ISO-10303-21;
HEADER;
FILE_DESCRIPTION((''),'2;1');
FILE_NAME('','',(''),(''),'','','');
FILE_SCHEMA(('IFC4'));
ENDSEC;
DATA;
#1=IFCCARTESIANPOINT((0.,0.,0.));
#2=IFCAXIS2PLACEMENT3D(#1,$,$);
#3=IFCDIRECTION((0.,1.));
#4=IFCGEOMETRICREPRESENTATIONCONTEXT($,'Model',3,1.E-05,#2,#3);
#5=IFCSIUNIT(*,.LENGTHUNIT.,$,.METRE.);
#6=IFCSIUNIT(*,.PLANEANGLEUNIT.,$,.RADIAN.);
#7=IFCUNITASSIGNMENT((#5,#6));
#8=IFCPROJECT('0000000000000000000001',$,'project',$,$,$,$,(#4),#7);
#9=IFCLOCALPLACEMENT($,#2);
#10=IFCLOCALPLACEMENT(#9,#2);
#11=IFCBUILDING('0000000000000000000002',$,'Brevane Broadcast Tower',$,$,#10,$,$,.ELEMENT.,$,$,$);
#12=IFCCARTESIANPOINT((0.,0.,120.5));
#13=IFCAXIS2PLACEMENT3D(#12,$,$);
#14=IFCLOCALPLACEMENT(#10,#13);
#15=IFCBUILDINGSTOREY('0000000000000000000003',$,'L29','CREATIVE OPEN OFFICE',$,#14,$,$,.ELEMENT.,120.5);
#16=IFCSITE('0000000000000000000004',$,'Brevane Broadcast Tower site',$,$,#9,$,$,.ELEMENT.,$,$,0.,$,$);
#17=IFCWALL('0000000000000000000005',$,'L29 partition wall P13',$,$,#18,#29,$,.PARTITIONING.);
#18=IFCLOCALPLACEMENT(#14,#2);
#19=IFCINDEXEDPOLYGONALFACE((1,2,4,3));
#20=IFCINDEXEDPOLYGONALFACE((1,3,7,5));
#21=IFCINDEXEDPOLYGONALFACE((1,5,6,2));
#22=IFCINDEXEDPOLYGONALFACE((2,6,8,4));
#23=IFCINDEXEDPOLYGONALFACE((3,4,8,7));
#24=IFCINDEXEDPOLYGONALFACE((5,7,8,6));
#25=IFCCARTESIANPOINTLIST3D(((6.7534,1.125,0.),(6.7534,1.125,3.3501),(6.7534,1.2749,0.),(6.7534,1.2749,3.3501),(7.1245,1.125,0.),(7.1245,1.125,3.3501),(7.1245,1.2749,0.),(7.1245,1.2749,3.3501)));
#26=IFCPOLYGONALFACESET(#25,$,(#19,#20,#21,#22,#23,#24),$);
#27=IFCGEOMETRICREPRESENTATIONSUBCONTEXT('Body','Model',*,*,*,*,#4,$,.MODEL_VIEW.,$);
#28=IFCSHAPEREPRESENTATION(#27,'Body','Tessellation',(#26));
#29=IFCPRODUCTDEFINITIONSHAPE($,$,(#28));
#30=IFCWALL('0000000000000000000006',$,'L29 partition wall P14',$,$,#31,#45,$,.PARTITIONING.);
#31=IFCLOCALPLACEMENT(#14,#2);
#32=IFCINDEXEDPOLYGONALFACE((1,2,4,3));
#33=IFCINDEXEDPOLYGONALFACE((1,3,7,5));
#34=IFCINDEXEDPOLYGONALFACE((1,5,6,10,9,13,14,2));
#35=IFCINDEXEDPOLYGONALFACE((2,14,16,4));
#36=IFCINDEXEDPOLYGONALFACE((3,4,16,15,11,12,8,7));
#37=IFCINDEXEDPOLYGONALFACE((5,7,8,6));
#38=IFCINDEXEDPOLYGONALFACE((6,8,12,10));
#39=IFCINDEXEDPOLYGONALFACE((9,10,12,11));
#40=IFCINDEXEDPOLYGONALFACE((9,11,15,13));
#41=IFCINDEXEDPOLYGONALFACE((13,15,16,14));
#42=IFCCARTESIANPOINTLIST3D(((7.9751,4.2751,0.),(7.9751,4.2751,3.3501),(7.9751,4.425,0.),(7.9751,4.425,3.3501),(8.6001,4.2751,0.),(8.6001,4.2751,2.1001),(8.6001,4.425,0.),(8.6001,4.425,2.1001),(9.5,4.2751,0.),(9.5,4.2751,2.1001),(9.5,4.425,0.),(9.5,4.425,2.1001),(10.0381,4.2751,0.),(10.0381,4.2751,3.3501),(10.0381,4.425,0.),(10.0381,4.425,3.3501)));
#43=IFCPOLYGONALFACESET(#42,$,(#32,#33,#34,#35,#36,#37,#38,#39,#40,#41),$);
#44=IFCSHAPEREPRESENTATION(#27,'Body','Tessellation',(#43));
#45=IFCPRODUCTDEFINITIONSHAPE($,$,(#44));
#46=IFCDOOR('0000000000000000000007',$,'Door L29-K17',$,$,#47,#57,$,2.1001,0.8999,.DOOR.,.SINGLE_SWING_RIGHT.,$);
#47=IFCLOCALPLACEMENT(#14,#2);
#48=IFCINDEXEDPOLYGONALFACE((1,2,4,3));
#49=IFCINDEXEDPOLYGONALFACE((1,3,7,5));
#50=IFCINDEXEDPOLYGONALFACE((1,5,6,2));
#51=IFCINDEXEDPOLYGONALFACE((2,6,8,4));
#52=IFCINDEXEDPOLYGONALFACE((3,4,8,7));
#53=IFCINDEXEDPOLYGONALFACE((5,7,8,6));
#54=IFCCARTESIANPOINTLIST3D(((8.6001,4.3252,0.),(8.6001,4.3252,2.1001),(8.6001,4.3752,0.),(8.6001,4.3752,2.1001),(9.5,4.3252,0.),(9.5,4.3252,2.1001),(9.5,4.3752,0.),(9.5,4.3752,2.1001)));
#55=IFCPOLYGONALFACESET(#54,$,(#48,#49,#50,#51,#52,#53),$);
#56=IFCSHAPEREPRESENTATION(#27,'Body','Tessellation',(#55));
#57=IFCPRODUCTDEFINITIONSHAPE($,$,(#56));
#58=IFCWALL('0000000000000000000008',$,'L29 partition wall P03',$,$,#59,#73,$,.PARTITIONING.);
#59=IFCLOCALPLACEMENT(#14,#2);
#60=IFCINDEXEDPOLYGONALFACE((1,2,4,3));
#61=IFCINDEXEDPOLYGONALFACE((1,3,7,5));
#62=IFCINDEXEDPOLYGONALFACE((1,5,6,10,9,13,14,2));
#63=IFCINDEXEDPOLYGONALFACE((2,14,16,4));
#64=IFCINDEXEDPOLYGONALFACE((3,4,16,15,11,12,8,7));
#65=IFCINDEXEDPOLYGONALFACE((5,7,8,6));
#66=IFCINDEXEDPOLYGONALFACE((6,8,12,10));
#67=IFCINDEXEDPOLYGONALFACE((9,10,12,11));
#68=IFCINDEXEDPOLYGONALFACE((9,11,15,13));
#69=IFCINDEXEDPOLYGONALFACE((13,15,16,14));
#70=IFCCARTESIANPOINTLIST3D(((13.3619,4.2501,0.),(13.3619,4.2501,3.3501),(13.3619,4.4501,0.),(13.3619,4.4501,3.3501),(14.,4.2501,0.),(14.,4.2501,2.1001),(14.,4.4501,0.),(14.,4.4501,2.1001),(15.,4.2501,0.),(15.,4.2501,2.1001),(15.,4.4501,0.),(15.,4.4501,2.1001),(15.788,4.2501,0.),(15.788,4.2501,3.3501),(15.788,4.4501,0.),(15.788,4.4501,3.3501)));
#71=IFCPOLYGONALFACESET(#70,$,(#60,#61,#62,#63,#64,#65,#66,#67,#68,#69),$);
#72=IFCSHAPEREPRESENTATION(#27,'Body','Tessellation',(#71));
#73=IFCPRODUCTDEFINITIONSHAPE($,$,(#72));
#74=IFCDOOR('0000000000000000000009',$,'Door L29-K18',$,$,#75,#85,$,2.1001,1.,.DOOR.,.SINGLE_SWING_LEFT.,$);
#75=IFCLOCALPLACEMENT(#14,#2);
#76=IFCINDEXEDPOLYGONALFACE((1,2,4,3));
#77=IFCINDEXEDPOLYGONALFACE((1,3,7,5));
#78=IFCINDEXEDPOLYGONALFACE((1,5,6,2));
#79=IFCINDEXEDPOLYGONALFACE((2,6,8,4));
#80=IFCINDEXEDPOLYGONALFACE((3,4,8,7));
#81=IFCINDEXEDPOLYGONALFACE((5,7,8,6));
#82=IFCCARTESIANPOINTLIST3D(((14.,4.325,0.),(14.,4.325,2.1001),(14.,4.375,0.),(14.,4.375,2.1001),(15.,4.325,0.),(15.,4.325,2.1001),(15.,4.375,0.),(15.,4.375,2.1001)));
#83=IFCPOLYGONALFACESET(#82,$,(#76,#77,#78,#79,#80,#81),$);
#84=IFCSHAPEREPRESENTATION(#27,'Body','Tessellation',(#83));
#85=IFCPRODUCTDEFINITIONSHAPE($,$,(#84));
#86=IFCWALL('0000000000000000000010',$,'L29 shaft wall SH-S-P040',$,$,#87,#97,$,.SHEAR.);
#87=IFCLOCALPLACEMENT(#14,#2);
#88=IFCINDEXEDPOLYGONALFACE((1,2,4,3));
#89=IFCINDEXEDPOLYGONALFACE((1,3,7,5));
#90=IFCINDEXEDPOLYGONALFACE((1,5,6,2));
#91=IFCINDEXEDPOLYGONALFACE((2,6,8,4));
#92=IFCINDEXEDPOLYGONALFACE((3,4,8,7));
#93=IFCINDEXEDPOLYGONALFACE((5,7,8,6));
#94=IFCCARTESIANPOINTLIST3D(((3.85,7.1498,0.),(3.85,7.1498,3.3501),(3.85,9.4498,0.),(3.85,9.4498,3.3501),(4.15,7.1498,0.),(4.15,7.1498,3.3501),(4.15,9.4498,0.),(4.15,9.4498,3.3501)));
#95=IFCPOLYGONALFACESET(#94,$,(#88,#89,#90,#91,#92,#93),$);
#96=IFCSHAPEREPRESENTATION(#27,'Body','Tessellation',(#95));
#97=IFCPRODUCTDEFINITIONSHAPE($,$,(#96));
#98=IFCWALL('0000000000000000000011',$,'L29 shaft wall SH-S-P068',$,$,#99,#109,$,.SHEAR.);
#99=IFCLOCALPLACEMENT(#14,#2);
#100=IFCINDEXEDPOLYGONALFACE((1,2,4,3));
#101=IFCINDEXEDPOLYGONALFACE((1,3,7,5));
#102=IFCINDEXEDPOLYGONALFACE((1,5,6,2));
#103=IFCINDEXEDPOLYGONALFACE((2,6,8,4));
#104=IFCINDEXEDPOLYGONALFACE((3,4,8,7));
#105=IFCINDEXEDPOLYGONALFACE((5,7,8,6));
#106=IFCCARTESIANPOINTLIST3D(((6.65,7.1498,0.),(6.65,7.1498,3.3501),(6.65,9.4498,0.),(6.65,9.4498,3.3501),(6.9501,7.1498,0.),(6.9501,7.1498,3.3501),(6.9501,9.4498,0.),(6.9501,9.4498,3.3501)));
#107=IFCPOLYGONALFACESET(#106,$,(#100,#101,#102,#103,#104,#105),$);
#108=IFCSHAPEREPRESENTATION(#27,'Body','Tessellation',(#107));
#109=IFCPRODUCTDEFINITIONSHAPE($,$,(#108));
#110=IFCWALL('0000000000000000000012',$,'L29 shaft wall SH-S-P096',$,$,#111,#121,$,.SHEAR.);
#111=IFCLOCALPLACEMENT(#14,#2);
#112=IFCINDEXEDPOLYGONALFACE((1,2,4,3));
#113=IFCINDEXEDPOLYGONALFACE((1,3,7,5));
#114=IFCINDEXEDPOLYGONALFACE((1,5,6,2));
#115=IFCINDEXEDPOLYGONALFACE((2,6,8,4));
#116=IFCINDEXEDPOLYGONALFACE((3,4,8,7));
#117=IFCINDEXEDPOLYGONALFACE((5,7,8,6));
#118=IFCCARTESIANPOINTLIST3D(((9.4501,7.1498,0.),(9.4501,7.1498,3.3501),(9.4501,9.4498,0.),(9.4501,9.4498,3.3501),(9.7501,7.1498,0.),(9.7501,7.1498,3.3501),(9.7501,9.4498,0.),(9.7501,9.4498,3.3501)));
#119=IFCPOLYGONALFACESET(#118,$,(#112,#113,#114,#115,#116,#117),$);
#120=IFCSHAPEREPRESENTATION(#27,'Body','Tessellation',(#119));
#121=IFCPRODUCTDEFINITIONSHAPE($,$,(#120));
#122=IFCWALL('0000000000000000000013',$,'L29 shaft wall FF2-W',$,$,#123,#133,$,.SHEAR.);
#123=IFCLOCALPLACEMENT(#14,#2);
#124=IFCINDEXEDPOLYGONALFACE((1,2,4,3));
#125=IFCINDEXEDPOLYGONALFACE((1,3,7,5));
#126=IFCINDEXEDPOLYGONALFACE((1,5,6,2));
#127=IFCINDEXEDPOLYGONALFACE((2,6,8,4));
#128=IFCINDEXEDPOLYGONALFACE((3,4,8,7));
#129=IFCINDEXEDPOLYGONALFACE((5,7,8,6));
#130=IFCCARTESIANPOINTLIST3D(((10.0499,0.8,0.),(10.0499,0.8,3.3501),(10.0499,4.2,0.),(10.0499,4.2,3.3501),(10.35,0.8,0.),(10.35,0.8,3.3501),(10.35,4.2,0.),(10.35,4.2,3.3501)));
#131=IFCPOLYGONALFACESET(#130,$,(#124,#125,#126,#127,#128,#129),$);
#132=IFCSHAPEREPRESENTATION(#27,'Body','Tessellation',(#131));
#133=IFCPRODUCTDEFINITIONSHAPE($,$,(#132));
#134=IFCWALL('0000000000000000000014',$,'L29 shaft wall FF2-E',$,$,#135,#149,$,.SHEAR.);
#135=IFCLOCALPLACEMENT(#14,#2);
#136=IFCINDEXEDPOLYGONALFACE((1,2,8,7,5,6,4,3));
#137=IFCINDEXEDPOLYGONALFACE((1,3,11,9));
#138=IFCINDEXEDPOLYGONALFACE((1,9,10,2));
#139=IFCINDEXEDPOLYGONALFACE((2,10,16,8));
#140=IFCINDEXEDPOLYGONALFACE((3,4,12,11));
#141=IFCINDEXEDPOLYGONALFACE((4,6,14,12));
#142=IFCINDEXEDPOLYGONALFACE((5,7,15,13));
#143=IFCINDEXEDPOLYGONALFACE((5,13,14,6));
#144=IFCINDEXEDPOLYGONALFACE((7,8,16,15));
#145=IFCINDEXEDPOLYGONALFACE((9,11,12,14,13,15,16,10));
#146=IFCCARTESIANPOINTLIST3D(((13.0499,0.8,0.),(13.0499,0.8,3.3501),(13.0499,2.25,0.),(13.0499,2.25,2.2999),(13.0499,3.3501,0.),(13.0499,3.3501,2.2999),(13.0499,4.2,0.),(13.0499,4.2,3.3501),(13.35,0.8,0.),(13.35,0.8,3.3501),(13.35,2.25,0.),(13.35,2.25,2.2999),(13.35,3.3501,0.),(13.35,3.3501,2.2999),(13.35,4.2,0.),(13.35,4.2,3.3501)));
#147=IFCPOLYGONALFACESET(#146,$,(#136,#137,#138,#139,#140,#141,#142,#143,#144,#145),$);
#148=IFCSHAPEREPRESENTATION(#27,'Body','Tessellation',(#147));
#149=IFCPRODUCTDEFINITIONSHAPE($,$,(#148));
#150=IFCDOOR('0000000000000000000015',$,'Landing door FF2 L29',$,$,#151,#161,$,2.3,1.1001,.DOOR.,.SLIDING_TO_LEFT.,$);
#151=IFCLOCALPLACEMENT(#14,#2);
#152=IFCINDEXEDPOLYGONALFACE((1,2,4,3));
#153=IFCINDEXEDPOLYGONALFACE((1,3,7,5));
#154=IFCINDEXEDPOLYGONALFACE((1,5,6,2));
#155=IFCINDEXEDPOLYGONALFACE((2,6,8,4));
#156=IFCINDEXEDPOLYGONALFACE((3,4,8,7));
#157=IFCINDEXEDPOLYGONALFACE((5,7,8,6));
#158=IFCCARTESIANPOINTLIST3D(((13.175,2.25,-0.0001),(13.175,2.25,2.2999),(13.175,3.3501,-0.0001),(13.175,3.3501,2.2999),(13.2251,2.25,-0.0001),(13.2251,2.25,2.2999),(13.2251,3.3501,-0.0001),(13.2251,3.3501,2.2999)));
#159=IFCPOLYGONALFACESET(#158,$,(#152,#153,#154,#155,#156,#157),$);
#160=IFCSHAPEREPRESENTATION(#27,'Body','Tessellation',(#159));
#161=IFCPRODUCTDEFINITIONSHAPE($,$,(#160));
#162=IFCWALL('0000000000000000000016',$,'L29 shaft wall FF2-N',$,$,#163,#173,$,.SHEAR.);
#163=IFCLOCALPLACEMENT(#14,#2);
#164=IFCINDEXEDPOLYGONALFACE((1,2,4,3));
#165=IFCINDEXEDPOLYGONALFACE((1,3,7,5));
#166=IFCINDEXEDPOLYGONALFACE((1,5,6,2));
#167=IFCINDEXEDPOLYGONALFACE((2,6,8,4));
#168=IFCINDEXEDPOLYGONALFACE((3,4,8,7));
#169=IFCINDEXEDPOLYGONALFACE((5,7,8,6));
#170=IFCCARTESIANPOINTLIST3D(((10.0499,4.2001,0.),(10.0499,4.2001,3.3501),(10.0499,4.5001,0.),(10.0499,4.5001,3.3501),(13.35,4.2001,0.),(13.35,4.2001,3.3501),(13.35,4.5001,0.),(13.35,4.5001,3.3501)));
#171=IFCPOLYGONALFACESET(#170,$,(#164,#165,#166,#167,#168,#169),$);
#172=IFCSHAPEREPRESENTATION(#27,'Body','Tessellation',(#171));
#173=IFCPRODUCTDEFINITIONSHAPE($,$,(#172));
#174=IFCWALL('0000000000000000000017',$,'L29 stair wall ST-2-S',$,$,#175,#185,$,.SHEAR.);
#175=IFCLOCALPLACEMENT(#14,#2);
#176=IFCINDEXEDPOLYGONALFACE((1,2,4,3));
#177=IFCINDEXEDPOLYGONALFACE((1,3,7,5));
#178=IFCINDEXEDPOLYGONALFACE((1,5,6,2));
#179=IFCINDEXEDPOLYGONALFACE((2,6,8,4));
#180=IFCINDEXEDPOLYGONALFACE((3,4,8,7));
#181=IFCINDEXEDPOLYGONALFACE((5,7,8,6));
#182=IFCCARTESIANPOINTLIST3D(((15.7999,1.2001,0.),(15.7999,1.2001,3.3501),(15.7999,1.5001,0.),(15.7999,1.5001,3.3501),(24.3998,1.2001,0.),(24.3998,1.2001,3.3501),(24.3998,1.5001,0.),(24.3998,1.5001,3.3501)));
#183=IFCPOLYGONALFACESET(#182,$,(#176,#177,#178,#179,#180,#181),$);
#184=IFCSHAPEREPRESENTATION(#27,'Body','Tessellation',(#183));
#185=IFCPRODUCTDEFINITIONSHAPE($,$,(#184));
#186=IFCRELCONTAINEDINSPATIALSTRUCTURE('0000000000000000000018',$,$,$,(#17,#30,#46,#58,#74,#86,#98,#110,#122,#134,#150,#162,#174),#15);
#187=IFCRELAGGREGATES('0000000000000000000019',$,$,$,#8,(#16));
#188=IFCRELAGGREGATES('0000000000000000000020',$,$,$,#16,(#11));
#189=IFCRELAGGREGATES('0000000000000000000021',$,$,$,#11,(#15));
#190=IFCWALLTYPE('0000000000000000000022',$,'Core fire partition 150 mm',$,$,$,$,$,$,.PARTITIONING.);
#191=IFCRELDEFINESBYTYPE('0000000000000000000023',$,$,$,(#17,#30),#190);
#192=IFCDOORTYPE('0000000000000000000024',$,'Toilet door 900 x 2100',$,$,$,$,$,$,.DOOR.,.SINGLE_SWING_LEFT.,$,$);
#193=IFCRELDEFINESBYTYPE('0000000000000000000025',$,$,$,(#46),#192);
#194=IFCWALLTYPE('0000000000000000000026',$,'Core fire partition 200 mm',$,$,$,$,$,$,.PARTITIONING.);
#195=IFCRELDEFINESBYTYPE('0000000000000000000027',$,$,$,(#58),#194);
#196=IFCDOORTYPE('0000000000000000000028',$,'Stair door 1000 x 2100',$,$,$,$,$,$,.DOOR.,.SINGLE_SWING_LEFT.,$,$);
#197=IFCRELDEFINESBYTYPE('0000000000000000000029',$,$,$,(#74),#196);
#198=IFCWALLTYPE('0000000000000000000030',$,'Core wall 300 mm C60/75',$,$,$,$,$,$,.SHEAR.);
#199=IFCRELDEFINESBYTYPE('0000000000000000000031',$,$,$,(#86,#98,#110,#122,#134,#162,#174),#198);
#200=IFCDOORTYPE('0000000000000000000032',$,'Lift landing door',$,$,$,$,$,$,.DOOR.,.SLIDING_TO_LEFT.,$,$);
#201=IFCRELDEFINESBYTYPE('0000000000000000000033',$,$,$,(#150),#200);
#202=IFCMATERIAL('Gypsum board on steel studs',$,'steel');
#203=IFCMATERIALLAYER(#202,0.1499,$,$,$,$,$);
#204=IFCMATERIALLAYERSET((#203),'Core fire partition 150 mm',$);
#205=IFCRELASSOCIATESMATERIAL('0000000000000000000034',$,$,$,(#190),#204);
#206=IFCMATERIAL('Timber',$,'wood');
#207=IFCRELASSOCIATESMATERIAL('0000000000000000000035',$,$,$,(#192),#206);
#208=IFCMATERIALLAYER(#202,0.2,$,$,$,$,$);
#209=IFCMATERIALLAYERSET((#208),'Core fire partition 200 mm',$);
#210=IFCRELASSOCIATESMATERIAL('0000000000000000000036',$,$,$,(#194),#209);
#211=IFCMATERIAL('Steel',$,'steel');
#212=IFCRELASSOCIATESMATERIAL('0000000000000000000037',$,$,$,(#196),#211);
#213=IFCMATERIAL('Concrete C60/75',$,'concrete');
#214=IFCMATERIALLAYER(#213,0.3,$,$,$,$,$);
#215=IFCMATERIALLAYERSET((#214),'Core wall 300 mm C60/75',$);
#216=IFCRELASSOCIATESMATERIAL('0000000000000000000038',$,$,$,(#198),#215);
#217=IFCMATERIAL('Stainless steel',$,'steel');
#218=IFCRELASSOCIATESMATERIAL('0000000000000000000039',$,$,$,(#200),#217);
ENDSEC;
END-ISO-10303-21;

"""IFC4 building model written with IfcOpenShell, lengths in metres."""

from ifc_helpers import new_model, si_unit, direction, frame, frame_2d, origin, place, context, subcontext, project, spatial, rectangle, extrude, material, layer, layer_set, type_object, element, fill, save


model = new_model("IFC4")

# Units and contexts
model_context = context("Model", 3, precision=1e-05, world=origin(), true_north=direction((0.0, 1.0)))
body_context = subcontext(model_context, "Body", "Model", "MODEL_VIEW")
ifc_project = project(units=[si_unit("LENGTHUNIT", "METRE"), si_unit("PLANEANGLEUNIT", "RADIAN")], contexts=[model_context])

# Site, building, storey
site_placement = place(None, origin())
site = spatial("IfcSite", under=ifc_project, at=site_placement, Name="Brevane Broadcast Tower site", CompositionType="ELEMENT", RefElevation=0.0)
building_placement = place(site_placement, origin())
building = spatial("IfcBuilding", under=site, at=building_placement, Name="Brevane Broadcast Tower", CompositionType="ELEMENT")
storey_placement = place(building_placement, frame((0.0, 0.0, 120.5)))
storey = spatial("IfcBuildingStorey", under=building, at=storey_placement, Name="L29", Description="CREATIVE OPEN OFFICE", CompositionType="ELEMENT", Elevation=120.5)

# Shared definitions
ifc_material_1 = material(Name="Gypsum board on steel studs", Category="steel")
ifc_layer_1 = layer(ifc_material_1, 0.1499)
ifc_layer_set_1 = layer_set([ifc_layer_1], Name="Core fire partition 150 mm")
wall_type_1 = type_object("IfcWallType", Name="Core fire partition 150 mm", PredefinedType="PARTITIONING", material=ifc_layer_set_1)

# Shared definitions
ifc_material_2 = material(Name="Timber", Category="wood")
door_type_1 = type_object("IfcDoorType", Name="Toilet door 900 x 2100", OperationType="SINGLE_SWING_LEFT", PredefinedType="DOOR", material=ifc_material_2)

# Wall
wall_1_placement = place(storey_placement, frame((7.1245, 1.2, 0.0), z_axis=(0.0, 0.0, 1.0), x_axis=(-1.0, 0.0, 0.0)))
element("IfcWall", 1, at=wall_1_placement, inside=storey, type_object=wall_type_1, Name="L29 partition wall P13", PredefinedType="PARTITIONING", context=body_context, shape_type="SweptSolid", body=[
    extrude(rectangle(XDim=0.3711, YDim=0.1499, at=frame_2d((0.1855, 0.0))), origin(), (0.0, 0.0, 1.0), 3.3501),
])

# Walls, openings, doors
wall_2_placement = place(storey_placement, frame((10.0381, 4.3501, 0.0), z_axis=(0.0, 0.0, 1.0), x_axis=(-1.0, 0.0, 0.0)))
wall_2 = element("IfcWall", 2, at=wall_2_placement, inside=storey, type_object=wall_type_1, Name="L29 partition wall P14", PredefinedType="PARTITIONING", context=body_context, shape_type="SweptSolid", body=[
    extrude(rectangle(XDim=2.063, YDim=0.1499, at=frame_2d((1.0315, 0.0))), origin(), (0.0, 0.0, 1.0), 3.3501),
])
opening_1_placement = place(wall_2_placement, frame((0.5381, 0.0, 0.0)))
opening_1 = element("IfcOpeningElement", 3, at=opening_1_placement, cuts=wall_2, PredefinedType="OPENING", context=body_context, shape_type="SweptSolid", body=[
    extrude(rectangle(XDim=0.8999, YDim=2.1001, at=frame_2d((0.45, 1.05))), frame((0.0, 0.085, 0.0), z_axis=(0.0, -1.0, 0.0), x_axis=(1.0, 0.0, 0.0)), (0.0, 0.0, 1.0), 0.1699),
])
door_1_placement = place(opening_1_placement, origin())
door_1 = element("IfcDoor", 4, at=door_1_placement, inside=storey, type_object=door_type_1, Name="Door L29-K17", OperationType="SINGLE_SWING_RIGHT", OverallHeight=2.1001, OverallWidth=0.8999, PredefinedType="DOOR", context=body_context, shape_type="SweptSolid", body=[
    extrude(rectangle(XDim=0.8999, YDim=2.1001, at=frame_2d((0.45, 1.05))), frame((0.0, 0.0249, 0.0), z_axis=(0.0, -1.0, 0.0), x_axis=(1.0, 0.0, 0.0)), (0.0, 0.0, 1.0), 0.05),
])
fill(opening_1, door_1)
ifc_layer_2 = layer(ifc_material_1, 0.2)
ifc_layer_set_2 = layer_set([ifc_layer_2], Name="Core fire partition 200 mm")
wall_type_2 = type_object("IfcWallType", Name="Core fire partition 200 mm", PredefinedType="PARTITIONING", material=ifc_layer_set_2)
wall_3_placement = place(storey_placement, frame((13.3621, 4.3501, 0.0), z_axis=(0.0, 0.0, 1.0), x_axis=(1.0, 0.0, 0.0)))
wall_3 = element("IfcWall", 5, at=wall_3_placement, inside=storey, type_object=wall_type_2, Name="L29 partition wall P03", PredefinedType="PARTITIONING", context=body_context, shape_type="SweptSolid", body=[
    extrude(rectangle(XDim=2.426, YDim=0.2, at=frame_2d((1.2129, 0.0))), origin(), (0.0, 0.0, 1.0), 3.3501),
])
opening_2_placement = place(wall_3_placement, frame((0.6379, 0.0, 0.0)))
opening_2 = element("IfcOpeningElement", 6, at=opening_2_placement, cuts=wall_3, PredefinedType="OPENING", context=body_context, shape_type="SweptSolid", body=[
    extrude(rectangle(XDim=1.0, YDim=2.1001, at=frame_2d((0.5, 1.05))), frame((0.0, 0.1099, 0.0), z_axis=(0.0, -1.0, 0.0), x_axis=(1.0, 0.0, 0.0)), (0.0, 0.0, 1.0), 0.22),
])
ifc_material_3 = material(Name="Steel", Category="steel")
door_type_2 = type_object("IfcDoorType", Name="Stair door 1000 x 2100", OperationType="SINGLE_SWING_LEFT", PredefinedType="DOOR", material=ifc_material_3)
door_2_placement = place(opening_2_placement, origin())
door_2 = element("IfcDoor", 7, at=door_2_placement, inside=storey, type_object=door_type_2, Name="Door L29-K18", OperationType="SINGLE_SWING_LEFT", OverallHeight=2.1001, OverallWidth=1.0, PredefinedType="DOOR", context=body_context, shape_type="SweptSolid", body=[
    extrude(rectangle(XDim=1.0, YDim=2.1001, at=frame_2d((0.5, 1.05))), frame((0.0, 0.0249, 0.0), z_axis=(0.0, -1.0, 0.0), x_axis=(1.0, 0.0, 0.0)), (0.0, 0.0, 1.0), 0.05),
])
fill(opening_2, door_2)

# Walls
ifc_material_4 = material(Name="Concrete C60/75", Category="concrete")
ifc_layer_3 = layer(ifc_material_4, 0.3)
ifc_layer_set_3 = layer_set([ifc_layer_3], Name="Core wall 300 mm C60/75")
wall_type_3 = type_object("IfcWallType", Name="Core wall 300 mm C60/75", PredefinedType="SHEAR", material=ifc_layer_set_3)
for number, where, z_axis, x_axis, name in (
    (8, (4.0, 7.1499, 0.0), (0.0, 0.0, 1.0), (0.0, 1.0, 0.0), "L29 shaft wall SH-S-P040"),
    (9, (6.8, 7.1499, 0.0), (0.0, 0.0, 1.0), (0.0, 1.0, 0.0), "L29 shaft wall SH-S-P068"),
    (10, (9.6001, 7.1499, 0.0), (0.0, 0.0, 1.0), (0.0, 1.0, 0.0), "L29 shaft wall SH-S-P096"),
):
    element("IfcWall", number, at=place(storey_placement, frame(where, z_axis=z_axis, x_axis=x_axis)), inside=storey, type_object=wall_type_3, Name=name, PredefinedType="SHEAR", context=body_context, shape_type="SweptSolid", body=[
        extrude(rectangle(XDim=2.3, YDim=0.3, at=frame_2d((1.1499, 0.0))), origin(), (0.0, 0.0, 1.0), 3.3501),
    ])
wall_4_placement = place(storey_placement, frame((10.2, 0.8, 0.0), z_axis=(0.0, 0.0, 1.0), x_axis=(0.0, 1.0, 0.0)))
element("IfcWall", 11, at=wall_4_placement, inside=storey, type_object=wall_type_3, Name="L29 shaft wall FF2-W", PredefinedType="SHEAR", context=body_context, shape_type="SweptSolid", body=[
    extrude(rectangle(XDim=3.3999, YDim=0.3, at=frame_2d((1.7, 0.0))), origin(), (0.0, 0.0, 1.0), 3.3501),
])

# Wall, opening, door
wall_5_placement = place(storey_placement, frame((13.2, 0.8, 0.0), z_axis=(0.0, 0.0, 1.0), x_axis=(0.0, 1.0, 0.0)))
wall_5 = element("IfcWall", 12, at=wall_5_placement, inside=storey, type_object=wall_type_3, Name="L29 shaft wall FF2-E", PredefinedType="SHEAR", context=body_context, shape_type="SweptSolid", body=[
    extrude(rectangle(XDim=3.3999, YDim=0.3, at=frame_2d((1.7, 0.0))), origin(), (0.0, 0.0, 1.0), 3.3501),
])
opening_3_placement = place(wall_5_placement, frame((1.45, 0.0, 0.0)))
opening_3 = element("IfcOpeningElement", 13, at=opening_3_placement, cuts=wall_5, PredefinedType="OPENING", context=body_context, shape_type="SweptSolid", body=[
    extrude(rectangle(XDim=1.1001, YDim=2.3, at=frame_2d((0.55, 1.1499))), frame((0.0, 0.1599, 0.0), z_axis=(0.0, -1.0, 0.0), x_axis=(1.0, 0.0, 0.0)), (0.0, 0.0, 1.0), 0.3201),
])
ifc_material_5 = material(Name="Stainless steel", Category="steel")
door_type_3 = type_object("IfcDoorType", Name="Lift landing door", OperationType="SLIDING_TO_LEFT", PredefinedType="DOOR", material=ifc_material_5)
door_3_placement = place(opening_3_placement, origin())
door_3 = element("IfcDoor", 14, at=door_3_placement, inside=storey, type_object=door_type_3, Name="Landing door FF2 L29", OperationType="SLIDING_TO_LEFT", OverallHeight=2.3, OverallWidth=1.1001, PredefinedType="DOOR", context=body_context, shape_type="SweptSolid", body=[
    extrude(rectangle(XDim=1.1001, YDim=2.3, at=frame_2d((0.55, 1.1499))), frame((0.0, 0.0249, 0.0), z_axis=(0.0, -1.0, 0.0), x_axis=(1.0, 0.0, 0.0)), (0.0, 0.0, 1.0), 0.05),
])
fill(opening_3, door_3)

# Walls
wall_6_placement = place(storey_placement, frame((10.05, 4.3501, 0.0), z_axis=(0.0, 0.0, 1.0), x_axis=(1.0, 0.0, 0.0)))
element("IfcWall", 15, at=wall_6_placement, inside=storey, type_object=wall_type_3, Name="L29 shaft wall FF2-N", PredefinedType="SHEAR", context=body_context, shape_type="SweptSolid", body=[
    extrude(rectangle(XDim=3.3, YDim=0.3, at=frame_2d((1.6499, 0.0))), origin(), (0.0, 0.0, 1.0), 3.3501),
])
wall_7_placement = place(storey_placement, frame((15.8, 1.3501, 0.0), z_axis=(0.0, 0.0, 1.0), x_axis=(1.0, 0.0, 0.0)))
element("IfcWall", 16, at=wall_7_placement, inside=storey, type_object=wall_type_3, Name="L29 stair wall ST-2-S", PredefinedType="SHEAR", context=body_context, shape_type="SweptSolid", body=[
    extrude(rectangle(XDim=8.5999, YDim=0.3, at=frame_2d((4.2998, 0.0))), origin(), (0.0, 0.0, 1.0), 3.3501),
])

save(model, "model.ifc")
